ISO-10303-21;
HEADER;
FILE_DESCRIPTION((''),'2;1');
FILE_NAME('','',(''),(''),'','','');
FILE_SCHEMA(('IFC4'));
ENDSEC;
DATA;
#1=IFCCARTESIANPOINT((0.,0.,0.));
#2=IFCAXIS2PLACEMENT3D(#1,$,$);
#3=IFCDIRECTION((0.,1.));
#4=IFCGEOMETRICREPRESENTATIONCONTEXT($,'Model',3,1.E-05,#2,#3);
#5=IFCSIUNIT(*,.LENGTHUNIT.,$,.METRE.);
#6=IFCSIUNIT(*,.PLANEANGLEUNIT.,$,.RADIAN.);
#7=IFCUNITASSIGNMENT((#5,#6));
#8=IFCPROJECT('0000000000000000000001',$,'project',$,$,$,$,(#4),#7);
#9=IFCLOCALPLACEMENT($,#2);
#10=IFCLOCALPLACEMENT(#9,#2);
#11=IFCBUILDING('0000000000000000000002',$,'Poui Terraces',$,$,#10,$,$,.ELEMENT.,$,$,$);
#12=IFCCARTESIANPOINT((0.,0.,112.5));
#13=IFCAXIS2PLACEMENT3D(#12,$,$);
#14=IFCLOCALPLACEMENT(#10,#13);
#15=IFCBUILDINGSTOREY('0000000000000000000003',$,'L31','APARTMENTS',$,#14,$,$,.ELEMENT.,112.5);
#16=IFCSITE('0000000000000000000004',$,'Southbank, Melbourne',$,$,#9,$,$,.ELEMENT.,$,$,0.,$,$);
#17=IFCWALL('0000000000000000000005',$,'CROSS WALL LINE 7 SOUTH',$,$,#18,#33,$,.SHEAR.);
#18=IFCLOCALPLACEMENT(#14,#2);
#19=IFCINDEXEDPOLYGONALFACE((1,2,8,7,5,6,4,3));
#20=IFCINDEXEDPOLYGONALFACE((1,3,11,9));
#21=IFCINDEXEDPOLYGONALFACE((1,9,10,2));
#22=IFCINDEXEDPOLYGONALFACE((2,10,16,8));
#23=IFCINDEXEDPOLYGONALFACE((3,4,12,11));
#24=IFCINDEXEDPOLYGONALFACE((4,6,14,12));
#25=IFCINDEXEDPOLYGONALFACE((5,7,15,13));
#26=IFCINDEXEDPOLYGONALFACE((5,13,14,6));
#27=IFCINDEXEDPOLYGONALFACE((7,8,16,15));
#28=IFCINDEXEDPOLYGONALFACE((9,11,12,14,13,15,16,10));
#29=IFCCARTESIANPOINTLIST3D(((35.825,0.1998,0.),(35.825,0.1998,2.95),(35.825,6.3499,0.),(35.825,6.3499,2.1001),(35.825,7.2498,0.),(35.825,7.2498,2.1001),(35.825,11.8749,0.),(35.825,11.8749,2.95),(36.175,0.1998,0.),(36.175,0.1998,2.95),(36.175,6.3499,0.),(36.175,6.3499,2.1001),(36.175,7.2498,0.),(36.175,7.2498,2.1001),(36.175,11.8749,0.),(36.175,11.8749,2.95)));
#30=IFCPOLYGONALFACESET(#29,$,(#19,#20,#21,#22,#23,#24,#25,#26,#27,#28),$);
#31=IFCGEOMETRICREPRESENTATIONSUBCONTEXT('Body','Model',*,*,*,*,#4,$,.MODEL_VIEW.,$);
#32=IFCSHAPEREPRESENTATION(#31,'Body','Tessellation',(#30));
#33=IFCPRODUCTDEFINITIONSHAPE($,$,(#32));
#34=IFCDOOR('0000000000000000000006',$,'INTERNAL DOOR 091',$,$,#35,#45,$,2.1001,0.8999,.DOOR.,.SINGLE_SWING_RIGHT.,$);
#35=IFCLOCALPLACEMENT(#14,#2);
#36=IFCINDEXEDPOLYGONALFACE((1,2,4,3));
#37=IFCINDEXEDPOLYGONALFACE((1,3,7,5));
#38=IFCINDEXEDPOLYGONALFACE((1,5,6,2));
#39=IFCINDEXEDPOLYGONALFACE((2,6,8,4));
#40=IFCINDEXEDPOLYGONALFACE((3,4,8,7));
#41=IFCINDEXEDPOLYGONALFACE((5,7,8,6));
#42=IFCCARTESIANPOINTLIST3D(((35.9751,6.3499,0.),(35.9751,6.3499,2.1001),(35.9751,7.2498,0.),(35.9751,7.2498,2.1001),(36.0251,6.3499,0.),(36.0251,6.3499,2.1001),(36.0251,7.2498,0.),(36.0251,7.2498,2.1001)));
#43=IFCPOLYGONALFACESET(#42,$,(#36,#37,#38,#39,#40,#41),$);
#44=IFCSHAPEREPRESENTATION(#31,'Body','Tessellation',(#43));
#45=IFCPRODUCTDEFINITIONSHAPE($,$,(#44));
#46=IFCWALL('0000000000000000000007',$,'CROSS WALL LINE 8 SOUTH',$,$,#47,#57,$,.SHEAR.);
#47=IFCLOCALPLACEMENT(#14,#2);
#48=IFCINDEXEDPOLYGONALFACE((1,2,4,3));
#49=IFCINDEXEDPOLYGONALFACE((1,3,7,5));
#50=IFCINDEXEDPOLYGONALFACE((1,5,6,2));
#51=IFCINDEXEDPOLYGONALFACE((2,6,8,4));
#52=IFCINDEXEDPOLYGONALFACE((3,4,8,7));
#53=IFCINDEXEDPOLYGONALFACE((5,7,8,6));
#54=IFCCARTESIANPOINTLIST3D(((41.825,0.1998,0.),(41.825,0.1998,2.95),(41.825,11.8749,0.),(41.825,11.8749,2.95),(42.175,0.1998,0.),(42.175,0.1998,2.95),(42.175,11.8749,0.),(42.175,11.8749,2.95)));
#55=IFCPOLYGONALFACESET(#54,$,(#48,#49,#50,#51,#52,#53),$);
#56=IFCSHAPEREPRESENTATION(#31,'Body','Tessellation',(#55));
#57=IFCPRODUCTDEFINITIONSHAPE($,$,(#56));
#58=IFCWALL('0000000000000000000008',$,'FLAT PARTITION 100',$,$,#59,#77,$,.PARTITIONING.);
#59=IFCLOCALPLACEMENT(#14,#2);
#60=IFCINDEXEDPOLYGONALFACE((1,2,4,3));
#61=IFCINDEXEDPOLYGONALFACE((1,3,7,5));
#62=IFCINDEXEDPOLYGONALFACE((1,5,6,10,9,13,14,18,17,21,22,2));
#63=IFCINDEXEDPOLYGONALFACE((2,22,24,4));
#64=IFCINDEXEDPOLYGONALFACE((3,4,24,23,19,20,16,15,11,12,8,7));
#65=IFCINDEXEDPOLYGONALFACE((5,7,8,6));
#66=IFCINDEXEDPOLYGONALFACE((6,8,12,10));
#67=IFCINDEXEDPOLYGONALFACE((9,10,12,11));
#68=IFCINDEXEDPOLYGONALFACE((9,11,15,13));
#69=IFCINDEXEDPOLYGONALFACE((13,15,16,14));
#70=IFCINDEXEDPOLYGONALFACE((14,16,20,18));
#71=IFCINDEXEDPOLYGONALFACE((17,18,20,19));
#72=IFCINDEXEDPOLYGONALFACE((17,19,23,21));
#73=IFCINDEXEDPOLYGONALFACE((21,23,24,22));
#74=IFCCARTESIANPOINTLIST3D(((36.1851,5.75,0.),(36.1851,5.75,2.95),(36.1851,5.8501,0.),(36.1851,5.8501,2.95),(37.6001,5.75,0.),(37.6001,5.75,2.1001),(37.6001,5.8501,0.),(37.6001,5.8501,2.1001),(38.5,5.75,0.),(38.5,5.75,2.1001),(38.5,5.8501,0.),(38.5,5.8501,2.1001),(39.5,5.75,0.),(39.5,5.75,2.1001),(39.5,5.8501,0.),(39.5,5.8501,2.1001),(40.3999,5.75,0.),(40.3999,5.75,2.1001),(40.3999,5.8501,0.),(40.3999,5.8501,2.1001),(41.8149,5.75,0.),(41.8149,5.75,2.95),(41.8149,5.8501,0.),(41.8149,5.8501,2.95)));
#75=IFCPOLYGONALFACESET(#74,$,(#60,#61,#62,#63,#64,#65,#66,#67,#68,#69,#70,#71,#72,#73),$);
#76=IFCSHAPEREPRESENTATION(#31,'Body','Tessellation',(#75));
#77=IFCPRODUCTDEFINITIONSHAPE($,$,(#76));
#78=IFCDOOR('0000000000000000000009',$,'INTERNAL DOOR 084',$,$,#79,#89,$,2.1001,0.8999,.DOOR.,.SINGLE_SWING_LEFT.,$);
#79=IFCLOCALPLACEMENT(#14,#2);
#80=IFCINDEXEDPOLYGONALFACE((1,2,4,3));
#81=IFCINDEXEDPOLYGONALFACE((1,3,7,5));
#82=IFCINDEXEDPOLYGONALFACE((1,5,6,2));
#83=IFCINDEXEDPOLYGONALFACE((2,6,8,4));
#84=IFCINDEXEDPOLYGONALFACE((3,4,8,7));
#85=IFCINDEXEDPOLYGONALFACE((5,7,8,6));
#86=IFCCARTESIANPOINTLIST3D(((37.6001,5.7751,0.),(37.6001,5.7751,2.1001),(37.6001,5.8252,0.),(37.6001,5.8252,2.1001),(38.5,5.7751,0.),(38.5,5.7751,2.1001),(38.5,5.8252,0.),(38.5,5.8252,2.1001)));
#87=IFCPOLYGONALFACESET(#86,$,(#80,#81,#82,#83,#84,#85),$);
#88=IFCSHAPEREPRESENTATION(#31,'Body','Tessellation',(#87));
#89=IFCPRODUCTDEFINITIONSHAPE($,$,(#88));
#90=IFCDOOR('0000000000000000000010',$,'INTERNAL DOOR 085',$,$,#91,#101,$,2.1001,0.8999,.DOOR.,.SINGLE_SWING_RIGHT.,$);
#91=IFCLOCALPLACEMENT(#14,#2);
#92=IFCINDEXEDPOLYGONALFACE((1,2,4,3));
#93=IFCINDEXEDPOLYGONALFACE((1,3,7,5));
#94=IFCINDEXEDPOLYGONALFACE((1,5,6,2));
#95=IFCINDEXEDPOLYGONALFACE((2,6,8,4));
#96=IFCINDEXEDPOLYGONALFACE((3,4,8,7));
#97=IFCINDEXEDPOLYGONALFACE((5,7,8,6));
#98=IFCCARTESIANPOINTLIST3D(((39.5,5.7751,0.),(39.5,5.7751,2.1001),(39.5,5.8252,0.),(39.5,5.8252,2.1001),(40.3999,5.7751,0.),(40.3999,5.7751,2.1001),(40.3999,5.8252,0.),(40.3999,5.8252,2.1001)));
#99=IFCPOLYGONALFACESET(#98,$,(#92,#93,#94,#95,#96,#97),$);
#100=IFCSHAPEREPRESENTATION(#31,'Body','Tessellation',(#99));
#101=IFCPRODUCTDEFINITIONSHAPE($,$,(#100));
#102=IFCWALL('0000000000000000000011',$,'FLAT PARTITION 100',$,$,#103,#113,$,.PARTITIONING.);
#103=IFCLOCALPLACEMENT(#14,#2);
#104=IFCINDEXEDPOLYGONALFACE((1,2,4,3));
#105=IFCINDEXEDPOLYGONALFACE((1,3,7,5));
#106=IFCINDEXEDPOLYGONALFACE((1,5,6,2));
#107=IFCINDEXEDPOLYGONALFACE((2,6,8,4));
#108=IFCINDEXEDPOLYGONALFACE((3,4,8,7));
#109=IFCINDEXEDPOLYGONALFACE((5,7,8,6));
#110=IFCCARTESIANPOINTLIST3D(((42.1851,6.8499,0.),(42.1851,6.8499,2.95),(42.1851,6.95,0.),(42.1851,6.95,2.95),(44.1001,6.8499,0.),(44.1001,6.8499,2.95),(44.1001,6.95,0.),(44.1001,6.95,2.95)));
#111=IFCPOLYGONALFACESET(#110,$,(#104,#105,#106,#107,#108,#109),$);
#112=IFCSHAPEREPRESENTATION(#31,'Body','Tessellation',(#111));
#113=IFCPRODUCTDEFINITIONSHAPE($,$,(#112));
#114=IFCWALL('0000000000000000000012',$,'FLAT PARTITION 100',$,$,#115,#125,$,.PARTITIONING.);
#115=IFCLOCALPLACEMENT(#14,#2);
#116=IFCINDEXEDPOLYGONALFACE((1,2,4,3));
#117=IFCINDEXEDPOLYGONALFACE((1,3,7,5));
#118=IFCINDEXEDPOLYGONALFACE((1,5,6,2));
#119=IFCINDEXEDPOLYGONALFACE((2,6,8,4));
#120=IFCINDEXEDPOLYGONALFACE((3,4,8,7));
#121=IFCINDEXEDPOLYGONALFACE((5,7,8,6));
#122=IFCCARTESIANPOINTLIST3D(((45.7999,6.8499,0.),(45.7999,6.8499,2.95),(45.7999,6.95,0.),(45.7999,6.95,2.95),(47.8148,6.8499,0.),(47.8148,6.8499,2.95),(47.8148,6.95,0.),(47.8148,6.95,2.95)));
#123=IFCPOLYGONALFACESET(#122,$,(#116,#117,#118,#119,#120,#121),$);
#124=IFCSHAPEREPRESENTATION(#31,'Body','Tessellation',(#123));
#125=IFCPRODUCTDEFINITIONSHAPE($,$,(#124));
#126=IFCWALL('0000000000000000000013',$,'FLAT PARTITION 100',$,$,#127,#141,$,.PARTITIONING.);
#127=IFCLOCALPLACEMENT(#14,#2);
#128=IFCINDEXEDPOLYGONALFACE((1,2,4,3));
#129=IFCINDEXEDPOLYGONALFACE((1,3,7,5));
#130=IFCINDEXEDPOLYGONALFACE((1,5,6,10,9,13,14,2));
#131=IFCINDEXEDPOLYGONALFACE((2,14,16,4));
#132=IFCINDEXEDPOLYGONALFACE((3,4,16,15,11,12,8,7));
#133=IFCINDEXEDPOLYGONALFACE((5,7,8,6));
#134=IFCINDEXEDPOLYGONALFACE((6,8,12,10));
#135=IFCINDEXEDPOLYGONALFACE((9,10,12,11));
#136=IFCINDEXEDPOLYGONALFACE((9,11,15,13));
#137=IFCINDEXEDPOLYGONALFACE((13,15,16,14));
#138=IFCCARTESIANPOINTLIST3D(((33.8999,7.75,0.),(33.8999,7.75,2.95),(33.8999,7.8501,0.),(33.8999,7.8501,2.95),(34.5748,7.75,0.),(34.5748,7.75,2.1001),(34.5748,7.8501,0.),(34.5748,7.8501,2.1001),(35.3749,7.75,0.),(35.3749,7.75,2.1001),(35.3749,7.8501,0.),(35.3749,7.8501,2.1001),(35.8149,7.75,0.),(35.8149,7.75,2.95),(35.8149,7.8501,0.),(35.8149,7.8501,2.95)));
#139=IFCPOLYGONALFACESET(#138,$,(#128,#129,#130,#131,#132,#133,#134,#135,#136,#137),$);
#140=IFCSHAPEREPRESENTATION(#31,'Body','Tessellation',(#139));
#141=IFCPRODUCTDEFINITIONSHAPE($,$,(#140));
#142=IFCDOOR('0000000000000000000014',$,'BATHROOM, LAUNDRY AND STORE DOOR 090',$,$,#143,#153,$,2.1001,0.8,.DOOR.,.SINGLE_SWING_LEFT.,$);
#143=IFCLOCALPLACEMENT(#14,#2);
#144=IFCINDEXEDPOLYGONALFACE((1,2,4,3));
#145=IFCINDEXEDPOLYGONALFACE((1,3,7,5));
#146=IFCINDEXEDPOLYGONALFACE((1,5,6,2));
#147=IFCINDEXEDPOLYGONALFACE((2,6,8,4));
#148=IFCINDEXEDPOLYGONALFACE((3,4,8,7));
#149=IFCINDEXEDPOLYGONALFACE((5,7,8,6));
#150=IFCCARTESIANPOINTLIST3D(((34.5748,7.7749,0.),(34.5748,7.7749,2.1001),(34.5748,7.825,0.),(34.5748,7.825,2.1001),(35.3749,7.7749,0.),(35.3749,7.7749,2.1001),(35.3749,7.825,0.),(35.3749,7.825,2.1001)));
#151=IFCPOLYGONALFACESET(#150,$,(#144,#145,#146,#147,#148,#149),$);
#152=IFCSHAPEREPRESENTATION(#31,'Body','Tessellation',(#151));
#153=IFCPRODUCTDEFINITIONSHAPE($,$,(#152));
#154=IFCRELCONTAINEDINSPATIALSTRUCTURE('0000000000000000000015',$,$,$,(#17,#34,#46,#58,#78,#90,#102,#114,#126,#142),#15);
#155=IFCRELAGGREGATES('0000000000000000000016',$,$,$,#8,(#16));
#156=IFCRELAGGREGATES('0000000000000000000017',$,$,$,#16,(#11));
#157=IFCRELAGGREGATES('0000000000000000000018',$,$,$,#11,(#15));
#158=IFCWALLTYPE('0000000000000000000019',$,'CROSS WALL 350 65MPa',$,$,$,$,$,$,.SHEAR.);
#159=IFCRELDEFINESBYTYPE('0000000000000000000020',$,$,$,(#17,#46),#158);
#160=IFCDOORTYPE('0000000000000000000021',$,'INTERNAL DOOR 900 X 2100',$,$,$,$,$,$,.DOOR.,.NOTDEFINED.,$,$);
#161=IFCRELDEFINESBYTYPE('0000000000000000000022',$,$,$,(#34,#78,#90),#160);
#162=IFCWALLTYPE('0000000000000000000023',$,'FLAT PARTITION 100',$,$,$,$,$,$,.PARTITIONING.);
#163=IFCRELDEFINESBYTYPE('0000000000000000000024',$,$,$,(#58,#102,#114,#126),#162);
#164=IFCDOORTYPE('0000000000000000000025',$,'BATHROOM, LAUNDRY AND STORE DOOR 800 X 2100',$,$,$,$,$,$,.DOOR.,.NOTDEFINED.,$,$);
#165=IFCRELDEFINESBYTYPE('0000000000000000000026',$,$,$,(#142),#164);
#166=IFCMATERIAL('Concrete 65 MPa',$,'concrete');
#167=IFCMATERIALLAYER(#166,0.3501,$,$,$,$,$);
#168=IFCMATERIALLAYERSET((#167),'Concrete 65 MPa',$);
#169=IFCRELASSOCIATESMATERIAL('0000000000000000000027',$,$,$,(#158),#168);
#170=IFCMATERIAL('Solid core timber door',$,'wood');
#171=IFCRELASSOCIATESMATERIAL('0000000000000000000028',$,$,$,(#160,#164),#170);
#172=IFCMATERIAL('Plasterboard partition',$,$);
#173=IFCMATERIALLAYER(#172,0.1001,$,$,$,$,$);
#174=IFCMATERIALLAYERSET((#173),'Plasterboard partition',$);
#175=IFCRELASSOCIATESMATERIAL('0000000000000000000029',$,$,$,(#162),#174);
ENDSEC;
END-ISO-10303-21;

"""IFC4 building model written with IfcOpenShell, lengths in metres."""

from ifc_helpers import new_model, si_unit, direction, frame, frame_2d, origin, place, context, subcontext, project, spatial, rectangle, extrude, material, layer, layer_set, type_object, element, fill, save


model = new_model("IFC4")

# Units and contexts
model_context = context("Model", 3, precision=1e-05, world=origin(), true_north=direction((0.0, 1.0)))
body_context = subcontext(model_context, "Body", "Model", "MODEL_VIEW")
ifc_project = project(units=[si_unit("LENGTHUNIT", "METRE"), si_unit("PLANEANGLEUNIT", "RADIAN")], contexts=[model_context])

# Site, building, storey
site_placement = place(None, origin())
site = spatial("IfcSite", under=ifc_project, at=site_placement, Name="Southbank, Melbourne", CompositionType="ELEMENT", RefElevation=0.0)
building_placement = place(site_placement, origin())
building = spatial("IfcBuilding", under=site, at=building_placement, Name="Poui Terraces", CompositionType="ELEMENT")
storey_placement = place(building_placement, frame((0.0, 0.0, 112.5)))
storey = spatial("IfcBuildingStorey", under=building, at=storey_placement, Name="L31", Description="APARTMENTS", CompositionType="ELEMENT", Elevation=112.5)

# Wall, opening, door
ifc_material_1 = material(Name="Concrete 65 MPa", Category="concrete")
ifc_layer_1 = layer(ifc_material_1, 0.3501)
ifc_layer_set_1 = layer_set([ifc_layer_1], Name="Concrete 65 MPa")
wall_type_1 = type_object("IfcWallType", Name="CROSS WALL 350 65MPa", PredefinedType="SHEAR", material=ifc_layer_set_1)
wall_1_placement = place(storey_placement, frame((36.0, 0.2, 0.0), z_axis=(0.0, 0.0, 1.0), x_axis=(0.0, 1.0, 0.0)))
wall_1 = element("IfcWall", 1, at=wall_1_placement, inside=storey, type_object=wall_type_1, Name="CROSS WALL LINE 7 SOUTH", PredefinedType="SHEAR", context=body_context, shape_type="SweptSolid", body=[
    extrude(rectangle(XDim=11.675, YDim=0.3501, at=frame_2d((5.8374, 0.0))), origin(), (0.0, 0.0, 1.0), 2.95),
])
opening_1_placement = place(wall_1_placement, frame((6.1499, 0.0, 0.0)))
opening_1 = element("IfcOpeningElement", 2, at=opening_1_placement, cuts=wall_1, PredefinedType="OPENING", context=body_context, shape_type="SweptSolid", body=[
    extrude(rectangle(XDim=0.8999, YDim=2.1001, at=frame_2d((0.45, 1.05))), frame((0.0, 0.1851, 0.0), z_axis=(0.0, -1.0, 0.0), x_axis=(1.0, 0.0, 0.0)), (0.0, 0.0, 1.0), 0.3701),
])
ifc_material_2 = material(Name="Solid core timber door", Category="wood")
door_type_1 = type_object("IfcDoorType", Name="INTERNAL DOOR 900 X 2100", OperationType="NOTDEFINED", PredefinedType="DOOR", material=ifc_material_2)
door_1_placement = place(opening_1_placement, origin())
door_1 = element("IfcDoor", 3, at=door_1_placement, inside=storey, type_object=door_type_1, Name="INTERNAL DOOR 091", OperationType="SINGLE_SWING_RIGHT", OverallHeight=2.1001, OverallWidth=0.8999, PredefinedType="DOOR", context=body_context, shape_type="SweptSolid", body=[
    extrude(rectangle(XDim=0.8999, YDim=2.1001, at=frame_2d((0.45, 1.05))), frame((0.0, 0.0249, 0.0), z_axis=(0.0, -1.0, 0.0), x_axis=(1.0, 0.0, 0.0)), (0.0, 0.0, 1.0), 0.05),
])
fill(opening_1, door_1)

# Wall
wall_2_placement = place(storey_placement, frame((42.0, 0.2, 0.0), z_axis=(0.0, 0.0, 1.0), x_axis=(0.0, 1.0, 0.0)))
element("IfcWall", 4, at=wall_2_placement, inside=storey, type_object=wall_type_1, Name="CROSS WALL LINE 8 SOUTH", PredefinedType="SHEAR", context=body_context, shape_type="SweptSolid", body=[
    extrude(rectangle(XDim=11.675, YDim=0.3501, at=frame_2d((5.8374, 0.0))), origin(), (0.0, 0.0, 1.0), 2.95),
])

# Wall, openings, doors
ifc_material_3 = material(Name="Plasterboard partition")
ifc_layer_2 = layer(ifc_material_3, 0.1001)
ifc_layer_set_2 = layer_set([ifc_layer_2], Name="Plasterboard partition")
wall_type_2 = type_object("IfcWallType", Name="FLAT PARTITION 100", PredefinedType="PARTITIONING", material=ifc_layer_set_2)
wall_3_placement = place(storey_placement, frame((36.1851, 5.8, 0.0), z_axis=(0.0, 0.0, 1.0), x_axis=(1.0, 0.0, 0.0)))
wall_3 = element("IfcWall", 5, at=wall_3_placement, inside=storey, type_object=wall_type_2, Name="FLAT PARTITION 100", PredefinedType="PARTITIONING", context=body_context, shape_type="SweptSolid", body=[
    extrude(rectangle(XDim=5.6299, YDim=0.1001, at=frame_2d((2.8149, 0.0))), origin(), (0.0, 0.0, 1.0), 2.95),
])
opening_2_placement = place(wall_3_placement, frame((1.415, 0.0, 0.0)))
opening_2 = element("IfcOpeningElement", 6, at=opening_2_placement, cuts=wall_3, PredefinedType="OPENING", context=body_context, shape_type="SweptSolid", body=[
    extrude(rectangle(XDim=0.8999, YDim=2.1001, at=frame_2d((0.45, 1.05))), frame((0.0, 0.0601, 0.0), z_axis=(0.0, -1.0, 0.0), x_axis=(1.0, 0.0, 0.0)), (0.0, 0.0, 1.0), 0.1201),
])
opening_3_placement = place(wall_3_placement, frame((3.3149, 0.0, 0.0)))
opening_3 = element("IfcOpeningElement", 7, at=opening_3_placement, cuts=wall_3, PredefinedType="OPENING", context=body_context, shape_type="SweptSolid", body=[
    extrude(rectangle(XDim=0.8999, YDim=2.1001, at=frame_2d((0.45, 1.05))), frame((0.0, 0.0601, 0.0), z_axis=(0.0, -1.0, 0.0), x_axis=(1.0, 0.0, 0.0)), (0.0, 0.0, 1.0), 0.1201),
])
door_2_placement = place(opening_2_placement, frame((0.8999, 0.0, 0.0), z_axis=(0.0, 0.0, 1.0), x_axis=(-1.0, 0.0, 0.0)))
door_2 = element("IfcDoor", 8, at=door_2_placement, inside=storey, type_object=door_type_1, Name="INTERNAL DOOR 084", OperationType="SINGLE_SWING_LEFT", OverallHeight=2.1001, OverallWidth=0.8999, PredefinedType="DOOR", context=body_context, shape_type="SweptSolid", body=[
    extrude(rectangle(XDim=0.8999, YDim=2.1001, at=frame_2d((0.45, 1.05))), frame((0.0, 0.0249, 0.0), z_axis=(0.0, -1.0, 0.0), x_axis=(1.0, 0.0, 0.0)), (0.0, 0.0, 1.0), 0.05),
])
fill(opening_2, door_2)
door_3_placement = place(opening_3_placement, frame((0.8999, 0.0, 0.0), z_axis=(0.0, 0.0, 1.0), x_axis=(-1.0, 0.0, 0.0)))
door_3 = element("IfcDoor", 9, at=door_3_placement, inside=storey, type_object=door_type_1, Name="INTERNAL DOOR 085", OperationType="SINGLE_SWING_RIGHT", OverallHeight=2.1001, OverallWidth=0.8999, PredefinedType="DOOR", context=body_context, shape_type="SweptSolid", body=[
    extrude(rectangle(XDim=0.8999, YDim=2.1001, at=frame_2d((0.45, 1.05))), frame((0.0, 0.0249, 0.0), z_axis=(0.0, -1.0, 0.0), x_axis=(1.0, 0.0, 0.0)), (0.0, 0.0, 1.0), 0.05),
])
fill(opening_3, door_3)

# Walls
wall_4_placement = place(storey_placement, frame((42.1851, 6.8999, 0.0), z_axis=(0.0, 0.0, 1.0), x_axis=(1.0, 0.0, 0.0)))
element("IfcWall", 10, at=wall_4_placement, inside=storey, type_object=wall_type_2, Name="FLAT PARTITION 100", PredefinedType="PARTITIONING", context=body_context, shape_type="SweptSolid", body=[
    extrude(rectangle(XDim=1.915, YDim=0.1001, at=frame_2d((0.9575, 0.0))), origin(), (0.0, 0.0, 1.0), 2.95),
])
wall_5_placement = place(storey_placement, frame((45.8, 6.8999, 0.0), z_axis=(0.0, 0.0, 1.0), x_axis=(1.0, 0.0, 0.0)))
element("IfcWall", 11, at=wall_5_placement, inside=storey, type_object=wall_type_2, Name="FLAT PARTITION 100", PredefinedType="PARTITIONING", context=body_context, shape_type="SweptSolid", body=[
    extrude(rectangle(XDim=2.0149, YDim=0.1001, at=frame_2d((1.0073, 0.0))), origin(), (0.0, 0.0, 1.0), 2.95),
])

# Wall, opening, door
wall_6_placement = place(storey_placement, frame((33.8999, 7.8, 0.0), z_axis=(0.0, 0.0, 1.0), x_axis=(1.0, 0.0, 0.0)))
wall_6 = element("IfcWall", 12, at=wall_6_placement, inside=storey, type_object=wall_type_2, Name="FLAT PARTITION 100", PredefinedType="PARTITIONING", context=body_context, shape_type="SweptSolid", body=[
    extrude(rectangle(XDim=1.915, YDim=0.1001, at=frame_2d((0.9575, 0.0))), origin(), (0.0, 0.0, 1.0), 2.95),
])
opening_4_placement = place(wall_6_placement, frame((0.675, 0.0, 0.0)))
opening_4 = element("IfcOpeningElement", 13, at=opening_4_placement, cuts=wall_6, PredefinedType="OPENING", context=body_context, shape_type="SweptSolid", body=[
    extrude(rectangle(XDim=0.8, YDim=2.1001, at=frame_2d((0.3999, 1.05))), frame((0.0, 0.0601, 0.0), z_axis=(0.0, -1.0, 0.0), x_axis=(1.0, 0.0, 0.0)), (0.0, 0.0, 1.0), 0.1201),
])
door_type_2 = type_object("IfcDoorType", Name="BATHROOM, LAUNDRY AND STORE DOOR 800 X 2100", OperationType="NOTDEFINED", PredefinedType="DOOR", material=ifc_material_2)
door_4_placement = place(opening_4_placement, origin())
door_4 = element("IfcDoor", 14, at=door_4_placement, inside=storey, type_object=door_type_2, Name="BATHROOM, LAUNDRY AND STORE DOOR 090", OperationType="SINGLE_SWING_LEFT", OverallHeight=2.1001, OverallWidth=0.8, PredefinedType="DOOR", context=body_context, shape_type="SweptSolid", body=[
    extrude(rectangle(XDim=0.8, YDim=2.1001, at=frame_2d((0.3999, 1.05))), frame((0.0, 0.0249, 0.0), z_axis=(0.0, -1.0, 0.0), x_axis=(1.0, 0.0, 0.0)), (0.0, 0.0, 1.0), 0.05),
])
fill(opening_4, door_4)

save(model, "model.ifc")
